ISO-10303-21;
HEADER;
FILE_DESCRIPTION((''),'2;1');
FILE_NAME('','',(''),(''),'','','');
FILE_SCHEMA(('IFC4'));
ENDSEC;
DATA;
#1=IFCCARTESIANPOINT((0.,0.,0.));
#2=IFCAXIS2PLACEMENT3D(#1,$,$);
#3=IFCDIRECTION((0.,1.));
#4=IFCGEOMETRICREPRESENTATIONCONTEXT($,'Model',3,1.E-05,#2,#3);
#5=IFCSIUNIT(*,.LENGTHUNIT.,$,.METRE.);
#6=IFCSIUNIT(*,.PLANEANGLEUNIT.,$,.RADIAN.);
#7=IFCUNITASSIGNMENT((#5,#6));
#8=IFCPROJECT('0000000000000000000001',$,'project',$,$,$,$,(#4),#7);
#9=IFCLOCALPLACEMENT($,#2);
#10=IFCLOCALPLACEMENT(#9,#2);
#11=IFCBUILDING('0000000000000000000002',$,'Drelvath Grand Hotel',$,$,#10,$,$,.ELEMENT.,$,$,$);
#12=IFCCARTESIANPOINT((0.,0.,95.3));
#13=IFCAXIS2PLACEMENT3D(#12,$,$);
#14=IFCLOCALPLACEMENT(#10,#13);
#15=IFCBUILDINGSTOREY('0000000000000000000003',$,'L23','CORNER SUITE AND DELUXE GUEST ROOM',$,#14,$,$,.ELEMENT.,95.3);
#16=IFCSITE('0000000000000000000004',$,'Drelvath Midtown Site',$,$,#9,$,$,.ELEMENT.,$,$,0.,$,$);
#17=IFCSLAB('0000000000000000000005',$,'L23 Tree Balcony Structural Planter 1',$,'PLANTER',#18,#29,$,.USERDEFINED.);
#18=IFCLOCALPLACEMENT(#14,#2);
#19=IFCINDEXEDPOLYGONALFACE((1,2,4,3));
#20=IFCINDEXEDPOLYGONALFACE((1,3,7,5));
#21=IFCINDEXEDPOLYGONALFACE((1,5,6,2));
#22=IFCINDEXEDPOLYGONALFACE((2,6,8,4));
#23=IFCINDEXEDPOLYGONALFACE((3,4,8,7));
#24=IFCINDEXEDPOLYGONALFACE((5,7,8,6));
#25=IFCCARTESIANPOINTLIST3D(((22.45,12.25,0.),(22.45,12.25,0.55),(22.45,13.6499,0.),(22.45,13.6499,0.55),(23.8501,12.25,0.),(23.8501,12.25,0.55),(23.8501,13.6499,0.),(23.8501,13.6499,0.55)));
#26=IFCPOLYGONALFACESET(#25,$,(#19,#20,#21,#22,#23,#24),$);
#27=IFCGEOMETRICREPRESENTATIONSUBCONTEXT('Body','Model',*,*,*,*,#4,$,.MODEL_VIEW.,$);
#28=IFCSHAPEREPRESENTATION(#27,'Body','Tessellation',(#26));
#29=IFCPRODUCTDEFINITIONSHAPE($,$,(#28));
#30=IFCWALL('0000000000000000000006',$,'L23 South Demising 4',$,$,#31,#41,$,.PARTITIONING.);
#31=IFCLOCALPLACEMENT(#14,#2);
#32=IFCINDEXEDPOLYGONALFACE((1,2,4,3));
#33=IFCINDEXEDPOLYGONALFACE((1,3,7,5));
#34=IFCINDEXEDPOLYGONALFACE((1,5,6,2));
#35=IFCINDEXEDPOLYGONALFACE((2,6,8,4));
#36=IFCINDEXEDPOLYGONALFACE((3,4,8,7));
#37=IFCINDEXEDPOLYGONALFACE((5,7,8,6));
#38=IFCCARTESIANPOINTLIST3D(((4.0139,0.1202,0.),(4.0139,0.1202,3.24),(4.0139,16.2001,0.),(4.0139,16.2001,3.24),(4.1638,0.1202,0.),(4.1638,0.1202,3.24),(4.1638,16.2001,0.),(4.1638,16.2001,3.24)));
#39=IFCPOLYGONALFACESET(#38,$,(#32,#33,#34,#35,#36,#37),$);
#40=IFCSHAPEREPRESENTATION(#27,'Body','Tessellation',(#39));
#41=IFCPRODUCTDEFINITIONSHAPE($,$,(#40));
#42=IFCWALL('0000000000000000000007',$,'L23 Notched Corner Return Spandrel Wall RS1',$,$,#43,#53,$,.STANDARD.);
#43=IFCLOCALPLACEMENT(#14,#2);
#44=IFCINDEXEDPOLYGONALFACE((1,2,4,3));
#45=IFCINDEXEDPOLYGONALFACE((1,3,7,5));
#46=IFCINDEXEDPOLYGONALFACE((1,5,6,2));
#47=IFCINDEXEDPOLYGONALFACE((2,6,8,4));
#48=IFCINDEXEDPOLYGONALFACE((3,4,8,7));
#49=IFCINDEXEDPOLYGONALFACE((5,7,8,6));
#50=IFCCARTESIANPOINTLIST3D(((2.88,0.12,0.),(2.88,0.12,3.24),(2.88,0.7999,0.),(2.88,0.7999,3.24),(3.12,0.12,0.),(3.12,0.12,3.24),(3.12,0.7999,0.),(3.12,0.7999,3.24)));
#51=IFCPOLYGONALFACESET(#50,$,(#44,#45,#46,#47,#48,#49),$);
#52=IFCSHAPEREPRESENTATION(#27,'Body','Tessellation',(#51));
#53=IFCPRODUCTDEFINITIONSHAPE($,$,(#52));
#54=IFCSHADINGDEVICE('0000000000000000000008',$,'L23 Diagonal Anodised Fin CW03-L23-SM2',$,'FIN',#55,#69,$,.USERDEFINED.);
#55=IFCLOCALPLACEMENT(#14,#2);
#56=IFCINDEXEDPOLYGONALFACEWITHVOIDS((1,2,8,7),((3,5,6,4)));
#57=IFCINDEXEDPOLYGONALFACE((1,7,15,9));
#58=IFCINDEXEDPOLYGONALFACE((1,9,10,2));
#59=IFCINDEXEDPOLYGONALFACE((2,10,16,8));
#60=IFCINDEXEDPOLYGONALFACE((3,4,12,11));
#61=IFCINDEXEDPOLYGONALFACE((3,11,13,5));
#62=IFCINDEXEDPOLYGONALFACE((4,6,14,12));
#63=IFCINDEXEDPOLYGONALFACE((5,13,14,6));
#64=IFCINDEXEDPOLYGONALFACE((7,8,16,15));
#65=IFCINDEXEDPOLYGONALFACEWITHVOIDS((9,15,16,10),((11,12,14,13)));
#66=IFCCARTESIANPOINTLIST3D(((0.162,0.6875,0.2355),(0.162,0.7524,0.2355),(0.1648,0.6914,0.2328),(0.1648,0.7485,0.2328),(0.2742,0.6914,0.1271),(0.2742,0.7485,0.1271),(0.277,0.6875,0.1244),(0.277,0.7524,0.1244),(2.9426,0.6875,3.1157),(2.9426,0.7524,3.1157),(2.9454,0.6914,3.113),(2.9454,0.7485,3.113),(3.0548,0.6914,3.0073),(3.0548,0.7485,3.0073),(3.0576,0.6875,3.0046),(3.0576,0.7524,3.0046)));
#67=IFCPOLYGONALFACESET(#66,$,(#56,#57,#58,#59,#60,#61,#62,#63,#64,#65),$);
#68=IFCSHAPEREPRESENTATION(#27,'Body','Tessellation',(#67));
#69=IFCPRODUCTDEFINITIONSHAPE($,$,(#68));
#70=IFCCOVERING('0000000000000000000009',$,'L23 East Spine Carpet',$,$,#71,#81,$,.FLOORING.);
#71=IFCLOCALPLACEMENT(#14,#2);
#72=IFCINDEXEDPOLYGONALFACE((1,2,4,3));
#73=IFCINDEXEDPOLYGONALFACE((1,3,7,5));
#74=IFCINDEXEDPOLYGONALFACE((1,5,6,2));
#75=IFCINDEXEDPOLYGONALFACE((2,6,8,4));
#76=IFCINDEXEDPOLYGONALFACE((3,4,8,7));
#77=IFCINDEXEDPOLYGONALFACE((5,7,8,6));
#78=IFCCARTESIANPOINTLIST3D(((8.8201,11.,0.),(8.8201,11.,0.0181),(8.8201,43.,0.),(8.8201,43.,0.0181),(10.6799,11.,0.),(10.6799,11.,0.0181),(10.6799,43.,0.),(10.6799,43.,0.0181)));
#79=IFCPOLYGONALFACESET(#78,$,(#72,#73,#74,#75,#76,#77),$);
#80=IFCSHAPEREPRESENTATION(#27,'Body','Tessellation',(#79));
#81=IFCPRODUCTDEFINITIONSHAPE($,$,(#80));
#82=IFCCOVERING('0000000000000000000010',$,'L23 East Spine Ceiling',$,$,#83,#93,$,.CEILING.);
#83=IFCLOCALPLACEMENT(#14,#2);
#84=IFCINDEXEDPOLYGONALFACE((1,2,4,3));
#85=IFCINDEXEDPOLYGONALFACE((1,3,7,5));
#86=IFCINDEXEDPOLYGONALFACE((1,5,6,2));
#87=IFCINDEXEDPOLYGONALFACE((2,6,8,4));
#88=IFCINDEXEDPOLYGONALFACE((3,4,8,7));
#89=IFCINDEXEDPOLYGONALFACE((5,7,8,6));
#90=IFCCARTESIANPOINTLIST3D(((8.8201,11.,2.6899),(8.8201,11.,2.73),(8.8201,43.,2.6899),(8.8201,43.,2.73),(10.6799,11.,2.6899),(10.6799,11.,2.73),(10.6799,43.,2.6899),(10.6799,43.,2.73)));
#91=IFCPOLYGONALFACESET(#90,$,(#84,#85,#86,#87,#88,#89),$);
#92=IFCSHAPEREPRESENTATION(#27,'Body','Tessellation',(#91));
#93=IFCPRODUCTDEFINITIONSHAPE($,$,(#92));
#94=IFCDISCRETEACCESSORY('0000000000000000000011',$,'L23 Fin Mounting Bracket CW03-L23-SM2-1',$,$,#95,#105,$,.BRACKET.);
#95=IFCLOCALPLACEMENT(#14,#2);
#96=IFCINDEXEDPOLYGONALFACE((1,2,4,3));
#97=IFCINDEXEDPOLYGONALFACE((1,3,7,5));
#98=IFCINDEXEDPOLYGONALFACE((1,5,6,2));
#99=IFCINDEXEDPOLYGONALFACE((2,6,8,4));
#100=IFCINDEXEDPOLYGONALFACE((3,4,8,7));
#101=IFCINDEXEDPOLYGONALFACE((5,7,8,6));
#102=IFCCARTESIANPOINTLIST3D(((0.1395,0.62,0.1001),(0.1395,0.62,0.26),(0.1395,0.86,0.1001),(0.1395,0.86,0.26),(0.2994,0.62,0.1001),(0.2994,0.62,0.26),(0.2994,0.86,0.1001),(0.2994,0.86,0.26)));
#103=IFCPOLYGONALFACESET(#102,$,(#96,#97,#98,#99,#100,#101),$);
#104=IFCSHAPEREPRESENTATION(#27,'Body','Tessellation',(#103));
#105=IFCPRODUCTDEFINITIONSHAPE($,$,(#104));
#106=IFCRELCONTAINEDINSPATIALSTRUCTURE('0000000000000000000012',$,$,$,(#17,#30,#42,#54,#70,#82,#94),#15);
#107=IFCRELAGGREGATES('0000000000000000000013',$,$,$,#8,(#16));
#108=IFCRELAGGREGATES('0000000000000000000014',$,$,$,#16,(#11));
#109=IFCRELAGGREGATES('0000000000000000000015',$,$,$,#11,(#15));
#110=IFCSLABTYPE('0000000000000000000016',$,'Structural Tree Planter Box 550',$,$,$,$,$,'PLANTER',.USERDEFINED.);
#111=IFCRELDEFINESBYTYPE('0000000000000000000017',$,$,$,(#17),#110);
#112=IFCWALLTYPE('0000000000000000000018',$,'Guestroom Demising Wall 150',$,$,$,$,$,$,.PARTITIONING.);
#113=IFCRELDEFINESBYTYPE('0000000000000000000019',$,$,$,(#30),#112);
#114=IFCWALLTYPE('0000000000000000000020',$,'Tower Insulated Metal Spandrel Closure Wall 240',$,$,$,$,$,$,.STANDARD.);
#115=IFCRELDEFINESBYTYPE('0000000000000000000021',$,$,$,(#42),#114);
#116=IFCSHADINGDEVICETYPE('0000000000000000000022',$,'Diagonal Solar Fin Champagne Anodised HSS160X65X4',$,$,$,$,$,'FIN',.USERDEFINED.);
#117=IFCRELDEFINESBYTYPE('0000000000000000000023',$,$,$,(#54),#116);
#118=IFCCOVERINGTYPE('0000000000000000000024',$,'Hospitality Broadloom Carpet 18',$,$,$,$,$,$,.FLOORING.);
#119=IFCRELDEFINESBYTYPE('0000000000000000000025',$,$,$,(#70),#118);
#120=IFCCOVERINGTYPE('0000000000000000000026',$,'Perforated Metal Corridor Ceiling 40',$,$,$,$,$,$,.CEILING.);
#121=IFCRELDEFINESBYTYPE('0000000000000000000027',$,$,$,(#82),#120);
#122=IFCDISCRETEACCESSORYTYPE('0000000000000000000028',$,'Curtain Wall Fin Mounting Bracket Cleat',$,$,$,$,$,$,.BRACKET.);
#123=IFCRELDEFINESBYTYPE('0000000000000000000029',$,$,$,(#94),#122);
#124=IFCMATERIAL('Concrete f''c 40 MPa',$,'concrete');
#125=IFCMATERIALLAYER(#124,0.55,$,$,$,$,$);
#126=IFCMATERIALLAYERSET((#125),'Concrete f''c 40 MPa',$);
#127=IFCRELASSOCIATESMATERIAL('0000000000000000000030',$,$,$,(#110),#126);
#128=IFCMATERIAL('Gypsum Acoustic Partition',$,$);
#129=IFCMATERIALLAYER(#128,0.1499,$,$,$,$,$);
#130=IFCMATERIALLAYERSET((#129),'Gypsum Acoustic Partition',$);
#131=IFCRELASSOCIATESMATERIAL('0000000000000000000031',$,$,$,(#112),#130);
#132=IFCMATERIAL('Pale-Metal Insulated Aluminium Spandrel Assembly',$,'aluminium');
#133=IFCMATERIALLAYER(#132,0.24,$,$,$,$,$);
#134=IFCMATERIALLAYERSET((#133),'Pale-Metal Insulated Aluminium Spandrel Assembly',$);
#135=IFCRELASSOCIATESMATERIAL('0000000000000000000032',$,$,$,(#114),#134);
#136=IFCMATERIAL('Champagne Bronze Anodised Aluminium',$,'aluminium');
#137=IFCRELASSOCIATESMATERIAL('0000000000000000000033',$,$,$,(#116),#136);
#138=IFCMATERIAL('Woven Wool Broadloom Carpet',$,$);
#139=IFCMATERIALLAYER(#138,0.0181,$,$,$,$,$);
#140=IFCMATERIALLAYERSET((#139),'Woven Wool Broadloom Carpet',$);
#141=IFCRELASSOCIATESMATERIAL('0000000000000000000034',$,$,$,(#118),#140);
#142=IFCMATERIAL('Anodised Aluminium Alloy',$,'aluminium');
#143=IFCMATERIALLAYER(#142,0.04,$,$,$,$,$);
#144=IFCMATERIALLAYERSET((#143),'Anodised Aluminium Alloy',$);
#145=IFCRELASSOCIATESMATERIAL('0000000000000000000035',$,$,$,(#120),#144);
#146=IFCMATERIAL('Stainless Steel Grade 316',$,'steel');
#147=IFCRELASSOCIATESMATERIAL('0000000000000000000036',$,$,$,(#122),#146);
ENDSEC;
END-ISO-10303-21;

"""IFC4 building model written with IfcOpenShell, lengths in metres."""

from ifc_helpers import new_model, si_unit, direction, frame, frame_2d, origin, origin_2d, place, context, subcontext, project, spatial, polyline, rectangle, hollow_rectangle, outline, extrude, material, layer, layer_set, material_profile, profile_set, type_object, element, save


model = new_model("IFC4")

# Units and contexts
model_context = context("Model", 3, precision=1e-05, world=origin(), true_north=direction((0.0, 1.0)))
body_context = subcontext(model_context, "Body", "Model", "MODEL_VIEW")
ifc_project = project(units=[si_unit("LENGTHUNIT", "METRE"), si_unit("PLANEANGLEUNIT", "RADIAN")], contexts=[model_context])

# Site, building, storey
site_placement = place(None, origin())
site = spatial("IfcSite", under=ifc_project, at=site_placement, Name="Drelvath Midtown Site", CompositionType="ELEMENT", RefElevation=0.0)
building_placement = place(site_placement, origin())
building = spatial("IfcBuilding", under=site, at=building_placement, Name="Drelvath Grand Hotel", CompositionType="ELEMENT")
storey_placement = place(building_placement, frame((0.0, 0.0, 95.3)))
storey = spatial("IfcBuildingStorey", under=building, at=storey_placement, Name="L23", Description="CORNER SUITE AND DELUXE GUEST ROOM", CompositionType="ELEMENT", Elevation=95.3)

# Shared definitions
ifc_material_1 = material(Name="Concrete f'c 40 MPa", Category="concrete")

# Slab
ifc_layer_1 = layer(ifc_material_1, 0.55)
ifc_layer_set_1 = layer_set([ifc_layer_1], Name="Concrete f'c 40 MPa")
slab_type_1 = type_object("IfcSlabType", Name="Structural Tree Planter Box 550", ElementType="PLANTER", PredefinedType="USERDEFINED", material=ifc_layer_set_1)
slab_1_placement = place(storey_placement, origin())
element("IfcSlab", 1, at=slab_1_placement, inside=storey, type_object=slab_type_1, Name="L23 Tree Balcony Structural Planter 1", ObjectType="PLANTER", PredefinedType="USERDEFINED", context=body_context, shape_type="SweptSolid", body=[
    extrude(outline(polyline([(22.45, 12.25), (23.8501, 12.25), (23.8501, 13.6499), (22.45, 13.6499), (22.45, 12.25)])), origin(), (0.0, 0.0, 1.0), 0.55),
])

# Walls
ifc_material_2 = material(Name="Gypsum Acoustic Partition")
ifc_layer_2 = layer(ifc_material_2, 0.1499)
ifc_layer_set_2 = layer_set([ifc_layer_2], Name="Gypsum Acoustic Partition")
wall_type_1 = type_object("IfcWallType", Name="Guestroom Demising Wall 150", PredefinedType="PARTITIONING", material=ifc_layer_set_2)
wall_1_placement = place(storey_placement, frame((4.0889, 0.1201, 0.0), z_axis=(0.0, 0.0, 1.0), x_axis=(0.0, 1.0, 0.0)))
element("IfcWall", 2, at=wall_1_placement, inside=storey, type_object=wall_type_1, Name="L23 South Demising 4", PredefinedType="PARTITIONING", context=body_context, shape_type="SweptSolid", body=[
    extrude(rectangle(XDim=16.0798, YDim=0.1499, at=frame_2d((8.04, 0.0))), origin(), (0.0, 0.0, 1.0), 3.24),
])
ifc_material_3 = material(Name="Pale-Metal Insulated Aluminium Spandrel Assembly", Category="aluminium")
ifc_layer_3 = layer(ifc_material_3, 0.24)
ifc_layer_set_3 = layer_set([ifc_layer_3], Name="Pale-Metal Insulated Aluminium Spandrel Assembly")
wall_type_2 = type_object("IfcWallType", Name="Tower Insulated Metal Spandrel Closure Wall 240", PredefinedType="STANDARD", material=ifc_layer_set_3)
wall_2_placement = place(storey_placement, frame((3.0, 0.1201, 0.0), z_axis=(0.0, 0.0, 1.0), x_axis=(0.0, 1.0, 0.0)))
element("IfcWall", 3, at=wall_2_placement, inside=storey, type_object=wall_type_2, Name="L23 Notched Corner Return Spandrel Wall RS1", PredefinedType="STANDARD", context=body_context, shape_type="SweptSolid", body=[
    extrude(rectangle(XDim=0.6799, YDim=0.24, at=frame_2d((0.3398, 0.0))), origin(), (0.0, 0.0, 1.0), 3.24),
])

# Shading device
ifc_material_4 = material(Name="Champagne Bronze Anodised Aluminium", Category="aluminium")
ifc_material_profile_1 = material_profile(ifc_material_4, hollow_rectangle(XDim=0.0649, YDim=0.1599, WallThickness=0.0039, at=origin_2d()), Name="HSS160X65X4")
ifc_profile_set_1 = profile_set([ifc_material_profile_1], Name="Champagne Bronze Anodised Aluminium")
shading_device_type = type_object("IfcShadingDeviceType", Name="Diagonal Solar Fin Champagne Anodised HSS160X65X4", ElementType="FIN", PredefinedType="USERDEFINED", material=ifc_profile_set_1)
shading_device_placement = place(storey_placement, frame((0.2195, 0.72, 0.1799), z_axis=(0.694556, 0.0, 0.719438), x_axis=(0.0, 1.0, 0.0)))
element("IfcShadingDevice", 4, at=shading_device_placement, inside=storey, type_object=shading_device_type, Name="L23 Diagonal Anodised Fin CW03-L23-SM2", ObjectType="FIN", PredefinedType="USERDEFINED", context=body_context, shape_type="SweptSolid", body=[
    extrude(hollow_rectangle(XDim=0.0649, YDim=0.1599, WallThickness=0.0039, at=origin_2d()), origin(), (0.0, 0.0, 1.0), 4.0034),
])

# Coverings
ifc_material_5 = material(Name="Woven Wool Broadloom Carpet")
ifc_layer_4 = layer(ifc_material_5, 0.0181)
ifc_layer_set_4 = layer_set([ifc_layer_4], Name="Woven Wool Broadloom Carpet")
covering_type_1 = type_object("IfcCoveringType", Name="Hospitality Broadloom Carpet 18", PredefinedType="FLOORING", material=ifc_layer_set_4)
covering_1_placement = place(storey_placement, origin())
element("IfcCovering", 5, at=covering_1_placement, inside=storey, type_object=covering_type_1, Name="L23 East Spine Carpet", PredefinedType="FLOORING", context=body_context, shape_type="SweptSolid", body=[
    extrude(outline(polyline([(10.6799, 11.0), (10.6799, 43.0), (8.8201, 43.0), (8.8201, 11.0), (10.6799, 11.0)])), origin(), (0.0, 0.0, 1.0), 0.0181),
])
ifc_material_6 = material(Name="Anodised Aluminium Alloy", Category="aluminium")
ifc_layer_5 = layer(ifc_material_6, 0.04)
ifc_layer_set_5 = layer_set([ifc_layer_5], Name="Anodised Aluminium Alloy")
covering_type_2 = type_object("IfcCoveringType", Name="Perforated Metal Corridor Ceiling 40", PredefinedType="CEILING", material=ifc_layer_set_5)
covering_2_placement = place(storey_placement, frame((0.0, 0.0, 2.6899)))
element("IfcCovering", 6, at=covering_2_placement, inside=storey, type_object=covering_type_2, Name="L23 East Spine Ceiling", PredefinedType="CEILING", context=body_context, shape_type="SweptSolid", body=[
    extrude(outline(polyline([(10.6799, 11.0), (10.6799, 43.0), (8.8201, 43.0), (8.8201, 11.0), (10.6799, 11.0)])), origin(), (0.0, 0.0, 1.0), 0.04),
])

# Discrete accessory
ifc_material_7 = material(Name="Stainless Steel Grade 316", Category="steel")
discrete_accessory_type = type_object("IfcDiscreteAccessoryType", Name="Curtain Wall Fin Mounting Bracket Cleat", PredefinedType="BRACKET", material=ifc_material_7)
discrete_accessory_placement = place(storey_placement, frame((0.2195, 0.74, 0.1001), z_axis=(0.0, 0.0, 1.0), x_axis=(-1.0, 0.0, 0.0)))
element("IfcDiscreteAccessory", 7, at=discrete_accessory_placement, inside=storey, type_object=discrete_accessory_type, Name="L23 Fin Mounting Bracket CW03-L23-SM2-1", PredefinedType="BRACKET", context=body_context, shape_type="SweptSolid", body=[
    extrude(rectangle(XDim=0.1599, YDim=0.24, at=origin_2d()), origin(), (0.0, 0.0, 1.0), 0.1599),
])

save(model, "model.ifc")
